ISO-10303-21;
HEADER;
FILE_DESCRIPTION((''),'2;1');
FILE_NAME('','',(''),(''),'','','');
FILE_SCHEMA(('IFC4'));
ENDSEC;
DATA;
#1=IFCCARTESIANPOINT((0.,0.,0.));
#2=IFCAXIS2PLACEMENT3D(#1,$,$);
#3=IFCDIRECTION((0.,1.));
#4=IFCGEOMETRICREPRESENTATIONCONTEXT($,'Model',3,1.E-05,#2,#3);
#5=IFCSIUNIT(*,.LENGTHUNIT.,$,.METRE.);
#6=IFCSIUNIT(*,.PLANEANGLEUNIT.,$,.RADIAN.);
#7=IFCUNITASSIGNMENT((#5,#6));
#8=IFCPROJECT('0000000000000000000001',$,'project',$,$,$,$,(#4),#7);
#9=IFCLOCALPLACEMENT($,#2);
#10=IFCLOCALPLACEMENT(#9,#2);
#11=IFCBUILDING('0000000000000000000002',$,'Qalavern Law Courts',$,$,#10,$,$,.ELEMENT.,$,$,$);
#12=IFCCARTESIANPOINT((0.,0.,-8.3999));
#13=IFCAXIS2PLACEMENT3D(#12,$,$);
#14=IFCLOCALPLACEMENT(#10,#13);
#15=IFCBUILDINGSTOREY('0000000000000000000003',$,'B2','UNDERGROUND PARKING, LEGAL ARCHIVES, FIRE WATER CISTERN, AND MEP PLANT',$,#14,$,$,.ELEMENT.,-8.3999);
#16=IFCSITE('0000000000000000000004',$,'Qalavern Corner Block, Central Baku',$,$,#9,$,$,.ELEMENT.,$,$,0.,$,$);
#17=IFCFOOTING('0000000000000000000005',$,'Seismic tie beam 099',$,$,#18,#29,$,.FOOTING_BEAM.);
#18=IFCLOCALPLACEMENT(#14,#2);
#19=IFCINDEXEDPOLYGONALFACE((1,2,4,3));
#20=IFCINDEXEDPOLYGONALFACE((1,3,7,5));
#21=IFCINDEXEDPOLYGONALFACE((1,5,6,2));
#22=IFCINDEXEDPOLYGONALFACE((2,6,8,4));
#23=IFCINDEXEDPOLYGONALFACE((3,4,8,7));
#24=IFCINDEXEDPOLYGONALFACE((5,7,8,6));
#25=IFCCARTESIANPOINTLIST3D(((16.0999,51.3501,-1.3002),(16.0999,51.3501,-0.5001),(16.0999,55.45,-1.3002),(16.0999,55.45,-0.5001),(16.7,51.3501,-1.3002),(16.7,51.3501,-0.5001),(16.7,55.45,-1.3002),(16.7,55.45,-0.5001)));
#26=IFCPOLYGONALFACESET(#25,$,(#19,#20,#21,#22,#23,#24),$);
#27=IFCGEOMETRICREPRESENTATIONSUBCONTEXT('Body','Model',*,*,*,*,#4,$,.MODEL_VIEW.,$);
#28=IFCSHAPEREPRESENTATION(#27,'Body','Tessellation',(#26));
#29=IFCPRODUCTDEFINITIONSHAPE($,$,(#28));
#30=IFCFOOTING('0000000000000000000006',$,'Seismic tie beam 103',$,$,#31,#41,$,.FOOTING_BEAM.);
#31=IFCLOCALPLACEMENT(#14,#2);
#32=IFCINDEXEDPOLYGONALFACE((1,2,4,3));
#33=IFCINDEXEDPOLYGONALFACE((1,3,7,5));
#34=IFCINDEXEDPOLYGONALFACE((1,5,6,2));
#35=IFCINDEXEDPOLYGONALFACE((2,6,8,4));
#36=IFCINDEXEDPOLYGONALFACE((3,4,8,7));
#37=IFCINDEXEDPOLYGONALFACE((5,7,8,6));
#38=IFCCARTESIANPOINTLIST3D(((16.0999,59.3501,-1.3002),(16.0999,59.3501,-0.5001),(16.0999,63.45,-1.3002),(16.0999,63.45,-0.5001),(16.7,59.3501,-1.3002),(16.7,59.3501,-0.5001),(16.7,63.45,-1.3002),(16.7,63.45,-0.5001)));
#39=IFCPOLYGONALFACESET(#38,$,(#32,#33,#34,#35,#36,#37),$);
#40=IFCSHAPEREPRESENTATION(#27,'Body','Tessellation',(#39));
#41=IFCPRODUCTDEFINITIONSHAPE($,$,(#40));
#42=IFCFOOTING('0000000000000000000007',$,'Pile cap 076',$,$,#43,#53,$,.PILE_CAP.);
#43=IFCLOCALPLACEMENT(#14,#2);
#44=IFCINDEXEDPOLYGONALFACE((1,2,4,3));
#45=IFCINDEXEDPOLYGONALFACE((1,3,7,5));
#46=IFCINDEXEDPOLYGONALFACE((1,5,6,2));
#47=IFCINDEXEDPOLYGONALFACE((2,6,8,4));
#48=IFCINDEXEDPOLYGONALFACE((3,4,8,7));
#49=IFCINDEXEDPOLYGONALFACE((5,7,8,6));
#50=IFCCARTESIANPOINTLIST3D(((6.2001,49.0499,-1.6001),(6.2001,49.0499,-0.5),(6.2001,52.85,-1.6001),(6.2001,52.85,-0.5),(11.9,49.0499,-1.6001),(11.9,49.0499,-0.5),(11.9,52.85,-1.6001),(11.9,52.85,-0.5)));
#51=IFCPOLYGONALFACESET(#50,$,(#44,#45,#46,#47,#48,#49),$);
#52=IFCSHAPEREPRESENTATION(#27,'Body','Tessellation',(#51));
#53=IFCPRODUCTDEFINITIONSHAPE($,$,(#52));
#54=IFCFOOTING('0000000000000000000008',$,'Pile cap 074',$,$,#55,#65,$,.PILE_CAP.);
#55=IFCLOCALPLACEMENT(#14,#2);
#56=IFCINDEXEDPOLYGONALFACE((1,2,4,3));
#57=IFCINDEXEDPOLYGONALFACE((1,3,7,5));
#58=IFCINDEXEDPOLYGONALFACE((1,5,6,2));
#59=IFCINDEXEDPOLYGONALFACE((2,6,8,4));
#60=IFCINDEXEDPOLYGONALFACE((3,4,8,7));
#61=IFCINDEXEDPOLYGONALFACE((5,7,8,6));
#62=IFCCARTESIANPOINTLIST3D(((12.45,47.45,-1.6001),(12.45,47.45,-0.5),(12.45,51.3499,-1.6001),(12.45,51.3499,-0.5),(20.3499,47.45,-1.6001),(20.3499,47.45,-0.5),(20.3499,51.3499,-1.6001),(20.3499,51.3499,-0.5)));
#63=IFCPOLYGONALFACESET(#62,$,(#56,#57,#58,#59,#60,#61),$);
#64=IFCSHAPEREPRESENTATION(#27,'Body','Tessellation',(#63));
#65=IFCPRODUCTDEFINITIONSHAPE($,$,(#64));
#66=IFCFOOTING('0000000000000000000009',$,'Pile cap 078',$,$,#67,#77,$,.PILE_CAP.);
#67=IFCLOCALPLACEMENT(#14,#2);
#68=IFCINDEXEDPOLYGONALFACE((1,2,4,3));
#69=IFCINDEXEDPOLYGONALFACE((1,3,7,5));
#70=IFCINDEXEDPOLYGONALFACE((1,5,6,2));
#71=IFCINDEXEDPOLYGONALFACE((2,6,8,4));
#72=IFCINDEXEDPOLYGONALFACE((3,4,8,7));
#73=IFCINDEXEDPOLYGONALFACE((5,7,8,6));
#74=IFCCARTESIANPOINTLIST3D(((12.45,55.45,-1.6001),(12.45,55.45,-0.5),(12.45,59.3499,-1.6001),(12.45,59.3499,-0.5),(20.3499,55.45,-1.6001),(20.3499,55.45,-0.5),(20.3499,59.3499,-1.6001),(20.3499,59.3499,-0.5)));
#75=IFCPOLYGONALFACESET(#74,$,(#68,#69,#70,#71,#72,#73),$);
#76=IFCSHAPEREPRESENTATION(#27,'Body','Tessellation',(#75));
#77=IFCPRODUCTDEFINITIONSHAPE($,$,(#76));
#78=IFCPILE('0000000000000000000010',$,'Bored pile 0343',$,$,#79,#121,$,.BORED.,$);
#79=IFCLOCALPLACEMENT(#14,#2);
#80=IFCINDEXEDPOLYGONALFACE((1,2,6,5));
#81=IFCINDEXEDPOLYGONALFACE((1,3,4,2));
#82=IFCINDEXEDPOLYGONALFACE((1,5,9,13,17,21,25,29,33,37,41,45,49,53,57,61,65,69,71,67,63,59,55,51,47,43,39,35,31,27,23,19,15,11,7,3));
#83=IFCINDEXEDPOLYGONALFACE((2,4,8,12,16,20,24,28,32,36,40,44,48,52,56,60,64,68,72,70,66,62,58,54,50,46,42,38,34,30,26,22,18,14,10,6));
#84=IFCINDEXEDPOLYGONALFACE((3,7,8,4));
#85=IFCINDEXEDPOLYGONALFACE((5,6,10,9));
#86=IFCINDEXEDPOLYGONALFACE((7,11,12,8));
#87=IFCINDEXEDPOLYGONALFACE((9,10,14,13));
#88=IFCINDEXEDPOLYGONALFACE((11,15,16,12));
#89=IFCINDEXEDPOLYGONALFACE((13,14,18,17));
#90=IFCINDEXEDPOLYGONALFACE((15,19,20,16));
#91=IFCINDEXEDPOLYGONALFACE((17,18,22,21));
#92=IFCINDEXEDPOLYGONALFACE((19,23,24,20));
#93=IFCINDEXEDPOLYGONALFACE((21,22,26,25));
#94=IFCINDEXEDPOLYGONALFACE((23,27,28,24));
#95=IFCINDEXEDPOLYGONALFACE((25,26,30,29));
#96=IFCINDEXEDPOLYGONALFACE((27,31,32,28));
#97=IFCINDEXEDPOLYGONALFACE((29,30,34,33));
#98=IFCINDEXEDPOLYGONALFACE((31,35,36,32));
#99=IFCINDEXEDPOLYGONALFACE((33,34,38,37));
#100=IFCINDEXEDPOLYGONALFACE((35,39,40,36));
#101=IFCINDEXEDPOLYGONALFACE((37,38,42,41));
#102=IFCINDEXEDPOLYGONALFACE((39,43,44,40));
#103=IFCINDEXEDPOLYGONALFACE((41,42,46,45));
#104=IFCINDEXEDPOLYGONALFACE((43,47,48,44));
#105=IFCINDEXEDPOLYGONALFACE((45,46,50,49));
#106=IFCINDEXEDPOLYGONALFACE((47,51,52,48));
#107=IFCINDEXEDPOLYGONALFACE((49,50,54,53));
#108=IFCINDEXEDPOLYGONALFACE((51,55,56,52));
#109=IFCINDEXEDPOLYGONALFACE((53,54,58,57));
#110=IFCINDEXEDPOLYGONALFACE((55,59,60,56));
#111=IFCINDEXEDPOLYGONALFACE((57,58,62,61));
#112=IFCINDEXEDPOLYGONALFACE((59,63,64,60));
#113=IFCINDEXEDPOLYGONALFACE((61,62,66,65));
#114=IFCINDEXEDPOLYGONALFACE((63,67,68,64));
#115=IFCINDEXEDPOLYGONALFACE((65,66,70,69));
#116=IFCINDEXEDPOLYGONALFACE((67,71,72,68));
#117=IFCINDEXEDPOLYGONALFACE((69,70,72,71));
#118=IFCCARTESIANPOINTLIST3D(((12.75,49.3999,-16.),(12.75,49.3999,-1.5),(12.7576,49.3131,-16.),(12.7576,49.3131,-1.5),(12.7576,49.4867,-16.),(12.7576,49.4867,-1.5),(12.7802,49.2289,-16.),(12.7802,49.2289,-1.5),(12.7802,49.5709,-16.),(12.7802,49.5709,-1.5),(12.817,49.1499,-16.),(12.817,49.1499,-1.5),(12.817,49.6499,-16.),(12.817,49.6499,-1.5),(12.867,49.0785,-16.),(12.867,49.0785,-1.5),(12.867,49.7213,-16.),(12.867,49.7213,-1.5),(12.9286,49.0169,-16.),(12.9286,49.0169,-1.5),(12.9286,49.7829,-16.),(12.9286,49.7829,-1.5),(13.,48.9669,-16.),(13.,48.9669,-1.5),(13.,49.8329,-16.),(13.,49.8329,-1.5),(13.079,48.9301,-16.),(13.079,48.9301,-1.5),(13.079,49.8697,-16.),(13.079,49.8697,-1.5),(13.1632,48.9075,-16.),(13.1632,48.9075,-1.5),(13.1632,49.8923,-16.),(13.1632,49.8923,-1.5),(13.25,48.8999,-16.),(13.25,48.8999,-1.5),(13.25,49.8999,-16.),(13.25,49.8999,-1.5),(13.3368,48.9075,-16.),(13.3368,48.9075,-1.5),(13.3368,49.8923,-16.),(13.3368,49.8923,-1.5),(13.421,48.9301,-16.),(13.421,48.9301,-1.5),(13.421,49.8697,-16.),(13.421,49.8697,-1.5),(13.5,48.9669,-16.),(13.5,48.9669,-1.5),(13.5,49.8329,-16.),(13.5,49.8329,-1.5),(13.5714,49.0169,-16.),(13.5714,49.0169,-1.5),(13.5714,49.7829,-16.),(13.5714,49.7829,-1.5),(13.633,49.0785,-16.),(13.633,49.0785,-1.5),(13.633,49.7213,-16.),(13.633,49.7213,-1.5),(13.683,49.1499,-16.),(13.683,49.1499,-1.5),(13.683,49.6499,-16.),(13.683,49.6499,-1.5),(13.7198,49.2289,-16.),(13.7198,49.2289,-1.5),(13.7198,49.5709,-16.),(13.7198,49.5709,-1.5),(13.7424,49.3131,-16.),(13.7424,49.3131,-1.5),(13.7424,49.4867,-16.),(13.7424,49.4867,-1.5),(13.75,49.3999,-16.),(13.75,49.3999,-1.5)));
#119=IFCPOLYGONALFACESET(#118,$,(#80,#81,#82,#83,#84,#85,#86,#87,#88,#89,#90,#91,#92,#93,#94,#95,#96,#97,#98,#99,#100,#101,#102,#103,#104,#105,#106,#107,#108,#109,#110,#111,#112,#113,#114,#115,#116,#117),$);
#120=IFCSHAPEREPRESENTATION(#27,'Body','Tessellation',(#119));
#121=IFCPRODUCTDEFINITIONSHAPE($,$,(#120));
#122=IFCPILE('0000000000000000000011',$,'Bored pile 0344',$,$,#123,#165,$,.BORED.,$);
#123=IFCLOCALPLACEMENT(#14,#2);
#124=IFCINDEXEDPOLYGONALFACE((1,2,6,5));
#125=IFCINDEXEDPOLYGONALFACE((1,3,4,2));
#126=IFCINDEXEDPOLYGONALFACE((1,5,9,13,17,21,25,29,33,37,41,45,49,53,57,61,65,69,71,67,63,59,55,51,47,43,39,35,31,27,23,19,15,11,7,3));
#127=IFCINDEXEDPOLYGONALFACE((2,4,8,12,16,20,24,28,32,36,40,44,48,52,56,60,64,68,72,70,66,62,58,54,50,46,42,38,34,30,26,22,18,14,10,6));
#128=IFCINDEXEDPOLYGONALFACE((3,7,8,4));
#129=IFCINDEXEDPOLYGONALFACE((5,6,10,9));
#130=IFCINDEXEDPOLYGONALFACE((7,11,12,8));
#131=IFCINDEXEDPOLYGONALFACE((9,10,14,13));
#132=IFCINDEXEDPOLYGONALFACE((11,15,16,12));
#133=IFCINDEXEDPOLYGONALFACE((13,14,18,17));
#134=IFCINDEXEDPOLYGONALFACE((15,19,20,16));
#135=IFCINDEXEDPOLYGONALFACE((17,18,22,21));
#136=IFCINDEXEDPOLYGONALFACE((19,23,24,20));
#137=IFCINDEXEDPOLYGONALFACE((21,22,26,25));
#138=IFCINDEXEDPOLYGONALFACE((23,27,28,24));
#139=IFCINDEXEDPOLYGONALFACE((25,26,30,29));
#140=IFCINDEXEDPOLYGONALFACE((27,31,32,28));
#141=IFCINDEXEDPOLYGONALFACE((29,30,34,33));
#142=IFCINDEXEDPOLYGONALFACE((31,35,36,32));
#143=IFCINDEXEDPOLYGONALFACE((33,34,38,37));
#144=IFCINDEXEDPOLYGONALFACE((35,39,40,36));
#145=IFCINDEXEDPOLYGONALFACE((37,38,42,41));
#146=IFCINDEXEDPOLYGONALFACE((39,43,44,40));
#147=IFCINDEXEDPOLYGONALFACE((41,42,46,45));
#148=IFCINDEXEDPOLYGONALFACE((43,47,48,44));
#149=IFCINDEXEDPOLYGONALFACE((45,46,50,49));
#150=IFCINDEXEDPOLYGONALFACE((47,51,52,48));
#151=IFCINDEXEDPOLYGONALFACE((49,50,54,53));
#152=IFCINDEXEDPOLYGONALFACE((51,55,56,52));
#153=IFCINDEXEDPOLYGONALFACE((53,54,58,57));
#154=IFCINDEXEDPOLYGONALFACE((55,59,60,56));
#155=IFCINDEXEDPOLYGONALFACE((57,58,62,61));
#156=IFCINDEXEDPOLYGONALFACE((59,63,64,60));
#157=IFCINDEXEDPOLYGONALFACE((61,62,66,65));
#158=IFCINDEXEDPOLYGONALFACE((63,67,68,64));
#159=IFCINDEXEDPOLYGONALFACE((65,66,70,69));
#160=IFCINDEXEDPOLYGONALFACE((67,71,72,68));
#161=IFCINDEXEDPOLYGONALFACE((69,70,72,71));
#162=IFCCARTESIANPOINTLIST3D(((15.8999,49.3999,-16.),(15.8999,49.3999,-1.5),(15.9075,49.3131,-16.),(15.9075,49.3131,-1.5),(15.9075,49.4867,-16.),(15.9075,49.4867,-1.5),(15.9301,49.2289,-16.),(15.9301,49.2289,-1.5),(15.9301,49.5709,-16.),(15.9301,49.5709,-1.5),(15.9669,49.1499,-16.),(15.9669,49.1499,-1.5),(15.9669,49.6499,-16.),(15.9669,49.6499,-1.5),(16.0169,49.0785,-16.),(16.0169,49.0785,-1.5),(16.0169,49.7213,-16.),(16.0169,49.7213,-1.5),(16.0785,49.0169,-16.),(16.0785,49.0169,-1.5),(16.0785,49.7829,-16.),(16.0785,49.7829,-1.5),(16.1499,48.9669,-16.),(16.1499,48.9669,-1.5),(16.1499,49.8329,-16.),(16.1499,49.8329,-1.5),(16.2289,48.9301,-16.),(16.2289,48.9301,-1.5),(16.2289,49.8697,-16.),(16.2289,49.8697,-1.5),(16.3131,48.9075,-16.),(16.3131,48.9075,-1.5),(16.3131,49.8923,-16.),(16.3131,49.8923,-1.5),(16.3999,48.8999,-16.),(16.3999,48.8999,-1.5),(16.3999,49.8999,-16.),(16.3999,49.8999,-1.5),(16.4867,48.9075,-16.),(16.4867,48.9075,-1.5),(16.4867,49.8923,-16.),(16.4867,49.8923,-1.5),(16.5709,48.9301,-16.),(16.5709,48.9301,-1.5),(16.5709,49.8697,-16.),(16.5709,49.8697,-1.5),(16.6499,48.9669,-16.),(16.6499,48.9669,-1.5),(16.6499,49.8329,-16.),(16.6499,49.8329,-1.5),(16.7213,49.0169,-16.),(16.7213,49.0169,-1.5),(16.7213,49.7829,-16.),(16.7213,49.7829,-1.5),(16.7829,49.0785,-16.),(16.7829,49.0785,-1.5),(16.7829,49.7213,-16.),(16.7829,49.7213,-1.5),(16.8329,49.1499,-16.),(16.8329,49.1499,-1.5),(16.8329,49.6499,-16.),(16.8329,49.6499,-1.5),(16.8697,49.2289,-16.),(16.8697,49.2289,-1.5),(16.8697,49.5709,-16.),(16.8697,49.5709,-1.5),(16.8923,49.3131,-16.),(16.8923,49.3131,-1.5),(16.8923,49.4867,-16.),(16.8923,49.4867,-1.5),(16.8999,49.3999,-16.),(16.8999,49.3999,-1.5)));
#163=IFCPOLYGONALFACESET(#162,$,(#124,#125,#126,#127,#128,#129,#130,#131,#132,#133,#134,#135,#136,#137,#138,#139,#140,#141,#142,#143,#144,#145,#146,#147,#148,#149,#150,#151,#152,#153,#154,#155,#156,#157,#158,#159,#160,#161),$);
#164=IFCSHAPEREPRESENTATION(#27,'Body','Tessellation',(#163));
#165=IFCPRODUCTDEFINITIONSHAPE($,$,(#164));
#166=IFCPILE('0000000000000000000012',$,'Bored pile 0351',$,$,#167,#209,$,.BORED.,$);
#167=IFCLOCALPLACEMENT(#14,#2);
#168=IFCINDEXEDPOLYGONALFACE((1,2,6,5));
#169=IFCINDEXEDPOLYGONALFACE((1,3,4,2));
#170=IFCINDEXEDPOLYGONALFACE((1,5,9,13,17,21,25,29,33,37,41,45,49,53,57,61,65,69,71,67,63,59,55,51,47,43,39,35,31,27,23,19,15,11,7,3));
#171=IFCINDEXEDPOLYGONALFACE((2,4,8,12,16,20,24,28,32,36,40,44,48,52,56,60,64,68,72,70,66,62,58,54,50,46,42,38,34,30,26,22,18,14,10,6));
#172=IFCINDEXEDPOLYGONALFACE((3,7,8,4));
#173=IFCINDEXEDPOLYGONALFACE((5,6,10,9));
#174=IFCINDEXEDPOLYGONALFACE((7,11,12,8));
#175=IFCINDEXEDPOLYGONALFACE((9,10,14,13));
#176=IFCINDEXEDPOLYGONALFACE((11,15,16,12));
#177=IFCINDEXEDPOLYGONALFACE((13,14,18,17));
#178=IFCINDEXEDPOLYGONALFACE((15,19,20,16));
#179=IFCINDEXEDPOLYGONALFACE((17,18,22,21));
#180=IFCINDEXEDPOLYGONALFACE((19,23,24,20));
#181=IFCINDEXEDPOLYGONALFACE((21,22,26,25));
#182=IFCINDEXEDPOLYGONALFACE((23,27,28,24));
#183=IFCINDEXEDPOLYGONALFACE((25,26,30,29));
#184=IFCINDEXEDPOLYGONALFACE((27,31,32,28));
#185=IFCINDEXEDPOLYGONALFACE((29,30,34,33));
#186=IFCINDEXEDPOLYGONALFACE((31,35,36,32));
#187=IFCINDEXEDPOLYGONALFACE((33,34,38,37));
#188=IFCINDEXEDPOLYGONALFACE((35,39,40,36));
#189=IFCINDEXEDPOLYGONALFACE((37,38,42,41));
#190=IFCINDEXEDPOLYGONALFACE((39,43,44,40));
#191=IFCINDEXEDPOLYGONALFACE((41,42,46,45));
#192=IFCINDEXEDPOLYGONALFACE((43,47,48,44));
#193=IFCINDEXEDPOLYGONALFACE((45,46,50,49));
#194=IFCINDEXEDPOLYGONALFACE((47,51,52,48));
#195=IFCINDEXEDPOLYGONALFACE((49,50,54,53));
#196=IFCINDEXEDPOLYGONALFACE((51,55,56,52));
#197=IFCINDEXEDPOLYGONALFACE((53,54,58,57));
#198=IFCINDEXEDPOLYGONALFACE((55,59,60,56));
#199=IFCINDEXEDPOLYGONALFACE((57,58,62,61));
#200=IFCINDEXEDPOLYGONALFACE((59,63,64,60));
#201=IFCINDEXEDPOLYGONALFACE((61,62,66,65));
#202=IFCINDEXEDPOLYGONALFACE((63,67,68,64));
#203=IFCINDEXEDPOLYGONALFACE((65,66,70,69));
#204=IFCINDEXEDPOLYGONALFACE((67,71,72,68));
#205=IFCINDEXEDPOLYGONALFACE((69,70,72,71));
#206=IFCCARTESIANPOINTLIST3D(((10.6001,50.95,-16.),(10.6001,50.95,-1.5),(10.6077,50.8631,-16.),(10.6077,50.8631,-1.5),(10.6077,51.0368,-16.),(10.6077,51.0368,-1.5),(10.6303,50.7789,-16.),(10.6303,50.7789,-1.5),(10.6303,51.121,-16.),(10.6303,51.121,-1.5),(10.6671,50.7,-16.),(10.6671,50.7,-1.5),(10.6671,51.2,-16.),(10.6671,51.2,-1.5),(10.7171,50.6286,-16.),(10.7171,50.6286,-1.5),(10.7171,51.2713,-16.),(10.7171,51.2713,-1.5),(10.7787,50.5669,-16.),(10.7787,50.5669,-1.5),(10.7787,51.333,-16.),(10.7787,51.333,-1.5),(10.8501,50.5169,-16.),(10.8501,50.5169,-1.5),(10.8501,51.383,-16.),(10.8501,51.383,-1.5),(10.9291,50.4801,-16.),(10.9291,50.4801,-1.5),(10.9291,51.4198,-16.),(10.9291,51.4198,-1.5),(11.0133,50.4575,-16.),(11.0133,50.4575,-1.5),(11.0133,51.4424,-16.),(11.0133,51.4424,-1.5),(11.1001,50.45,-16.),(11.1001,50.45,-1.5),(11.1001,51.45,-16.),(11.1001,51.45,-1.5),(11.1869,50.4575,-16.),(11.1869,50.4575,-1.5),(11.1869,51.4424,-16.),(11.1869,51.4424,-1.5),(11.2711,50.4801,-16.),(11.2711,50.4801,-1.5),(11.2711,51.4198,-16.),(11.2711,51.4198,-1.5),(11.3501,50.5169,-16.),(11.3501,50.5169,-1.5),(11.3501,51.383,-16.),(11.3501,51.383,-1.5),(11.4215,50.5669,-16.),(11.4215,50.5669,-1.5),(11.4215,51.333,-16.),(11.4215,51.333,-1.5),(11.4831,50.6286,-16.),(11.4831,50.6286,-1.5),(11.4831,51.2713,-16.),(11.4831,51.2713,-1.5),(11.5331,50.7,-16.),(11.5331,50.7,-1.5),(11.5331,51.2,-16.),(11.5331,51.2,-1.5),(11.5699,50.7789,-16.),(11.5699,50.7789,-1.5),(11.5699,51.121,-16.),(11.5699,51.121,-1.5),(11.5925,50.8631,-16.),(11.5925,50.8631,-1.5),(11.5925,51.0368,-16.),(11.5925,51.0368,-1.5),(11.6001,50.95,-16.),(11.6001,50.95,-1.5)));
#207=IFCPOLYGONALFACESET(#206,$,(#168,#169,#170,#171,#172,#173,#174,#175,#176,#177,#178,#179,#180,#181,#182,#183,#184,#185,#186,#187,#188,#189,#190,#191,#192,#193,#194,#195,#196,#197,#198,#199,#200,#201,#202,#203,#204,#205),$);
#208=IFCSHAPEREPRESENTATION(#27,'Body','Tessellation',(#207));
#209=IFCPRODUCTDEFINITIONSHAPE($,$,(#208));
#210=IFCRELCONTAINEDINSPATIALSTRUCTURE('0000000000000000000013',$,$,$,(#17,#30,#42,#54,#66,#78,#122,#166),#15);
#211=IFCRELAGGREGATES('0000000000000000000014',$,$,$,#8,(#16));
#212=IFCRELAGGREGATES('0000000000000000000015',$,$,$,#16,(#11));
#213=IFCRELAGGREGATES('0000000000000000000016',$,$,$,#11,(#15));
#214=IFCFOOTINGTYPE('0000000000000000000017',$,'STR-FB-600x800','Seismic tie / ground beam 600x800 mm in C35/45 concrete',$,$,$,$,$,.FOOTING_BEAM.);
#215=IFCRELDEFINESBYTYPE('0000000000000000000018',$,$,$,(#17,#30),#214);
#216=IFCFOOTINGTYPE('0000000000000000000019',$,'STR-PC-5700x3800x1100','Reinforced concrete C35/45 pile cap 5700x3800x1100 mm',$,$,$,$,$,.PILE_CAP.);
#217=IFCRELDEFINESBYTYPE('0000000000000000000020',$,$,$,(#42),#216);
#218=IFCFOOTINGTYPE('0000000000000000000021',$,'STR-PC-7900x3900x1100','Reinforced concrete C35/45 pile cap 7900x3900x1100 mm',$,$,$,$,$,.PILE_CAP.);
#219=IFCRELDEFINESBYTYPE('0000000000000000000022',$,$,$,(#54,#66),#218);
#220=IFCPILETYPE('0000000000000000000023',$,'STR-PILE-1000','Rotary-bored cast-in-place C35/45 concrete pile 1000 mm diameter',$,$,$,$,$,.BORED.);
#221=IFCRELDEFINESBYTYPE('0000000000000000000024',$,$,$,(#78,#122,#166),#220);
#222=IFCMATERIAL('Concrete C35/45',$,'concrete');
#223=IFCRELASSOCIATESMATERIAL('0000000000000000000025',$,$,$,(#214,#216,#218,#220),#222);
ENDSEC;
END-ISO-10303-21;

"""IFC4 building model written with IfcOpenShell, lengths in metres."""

from ifc_helpers import new_model, si_unit, direction, frame, origin, origin_2d, place, context, subcontext, project, spatial, rectangle, circle, extrude, material, material_profile, profile_set, type_object, element, save


model = new_model("IFC4")

# Units and contexts
model_context = context("Model", 3, precision=1e-05, world=origin(), true_north=direction((0.0, 1.0)))
body_context = subcontext(model_context, "Body", "Model", "MODEL_VIEW")
ifc_project = project(units=[si_unit("LENGTHUNIT", "METRE"), si_unit("PLANEANGLEUNIT", "RADIAN")], contexts=[model_context])

# Site, building, storey
site_placement = place(None, origin())
site = spatial("IfcSite", under=ifc_project, at=site_placement, Name="Qalavern Corner Block, Central Baku", CompositionType="ELEMENT", RefElevation=0.0)
building_placement = place(site_placement, origin())
building = spatial("IfcBuilding", under=site, at=building_placement, Name="Qalavern Law Courts", CompositionType="ELEMENT")
storey_placement = place(building_placement, frame((0.0, 0.0, -8.3999)))
storey = spatial("IfcBuildingStorey", under=building, at=storey_placement, Name="B2", Description="UNDERGROUND PARKING, LEGAL ARCHIVES, FIRE WATER CISTERN, AND MEP PLANT", CompositionType="ELEMENT", Elevation=-8.3999)

# Footings
ifc_material_1 = material(Name="Concrete C35/45", Category="concrete")
ifc_material_profile_1 = material_profile(ifc_material_1, rectangle(XDim=0.6001, YDim=0.8, at=origin_2d()), Name="RC 600x800")
ifc_profile_set_1 = profile_set([ifc_material_profile_1], Name="Concrete C35/45")
footing_type_1 = type_object("IfcFootingType", Name="STR-FB-600x800", Description="Seismic tie / ground beam 600x800 mm in C35/45 concrete", PredefinedType="FOOTING_BEAM", material=ifc_profile_set_1)
for number, where, z_axis, x_axis, name in (
    (1, (16.3999, 51.3501, -0.9001), (0.0, 1.0, 0.0), (-1.0, 0.0, 0.0), "Seismic tie beam 099"),
    (2, (16.3999, 59.3501, -0.9001), (0.0, 1.0, 0.0), (-1.0, 0.0, 0.0), "Seismic tie beam 103"),
):
    element("IfcFooting", number, at=place(storey_placement, frame(where, z_axis=z_axis, x_axis=x_axis)), inside=storey, type_object=footing_type_1, Name=name, PredefinedType="FOOTING_BEAM", context=body_context, shape_type="SweptSolid", body=[
        extrude(rectangle(XDim=0.6001, YDim=0.8, at=origin_2d()), origin(), (0.0, 0.0, 1.0), 4.0999),
    ])
footing_type_2 = type_object("IfcFootingType", Name="STR-PC-5700x3800x1100", Description="Reinforced concrete C35/45 pile cap 5700x3800x1100 mm", PredefinedType="PILE_CAP", material=ifc_material_1)
footing_placement = place(storey_placement, frame((9.05, 50.95, -1.6001), z_axis=(0.0, 0.0, 1.0), x_axis=(1.0, 0.0, 0.0)))
element("IfcFooting", 3, at=footing_placement, inside=storey, type_object=footing_type_2, Name="Pile cap 076", PredefinedType="PILE_CAP", context=body_context, shape_type="SweptSolid", body=[
    extrude(rectangle(XDim=5.7, YDim=3.8, at=origin_2d()), origin(), (0.0, 0.0, 1.0), 1.1001),
])
footing_type_3 = type_object("IfcFootingType", Name="STR-PC-7900x3900x1100", Description="Reinforced concrete C35/45 pile cap 7900x3900x1100 mm", PredefinedType="PILE_CAP", material=ifc_material_1)
for number, where, z_axis, x_axis, name in (
    (4, (16.3999, 49.3999, -1.6001), (0.0, 0.0, 1.0), (1.0, 0.0, 0.0), "Pile cap 074"),
    (5, (16.3999, 57.3999, -1.6001), (0.0, 0.0, 1.0), (1.0, 0.0, 0.0), "Pile cap 078"),
):
    element("IfcFooting", number, at=place(storey_placement, frame(where, z_axis=z_axis, x_axis=x_axis)), inside=storey, type_object=footing_type_3, Name=name, PredefinedType="PILE_CAP", context=body_context, shape_type="SweptSolid", body=[
        extrude(rectangle(XDim=7.8999, YDim=3.8999, at=origin_2d()), origin(), (0.0, 0.0, 1.0), 1.1001),
    ])

# Piles
ifc_material_profile_2 = material_profile(ifc_material_1, circle(Radius=0.5, at=origin_2d()), Name="BORED PILE 1000")
ifc_profile_set_2 = profile_set([ifc_material_profile_2], Name="Concrete C35/45")
pile_type = type_object("IfcPileType", Name="STR-PILE-1000", Description="Rotary-bored cast-in-place C35/45 concrete pile 1000 mm diameter", PredefinedType="BORED", material=ifc_profile_set_2)
for number, where, z_axis, x_axis, name in (
    (6, (13.25, 49.3999, -1.5), (0.0, 0.0, -1.0), (1.0, 0.0, 0.0), "Bored pile 0343"),
    (7, (16.3999, 49.3999, -1.5), (0.0, 0.0, -1.0), (1.0, 0.0, 0.0), "Bored pile 0344"),
    (8, (11.1001, 50.95, -1.5), (0.0, 0.0, -1.0), (1.0, 0.0, 0.0), "Bored pile 0351"),
):
    element("IfcPile", number, at=place(storey_placement, frame(where, z_axis=z_axis, x_axis=x_axis)), inside=storey, type_object=pile_type, Name=name, PredefinedType="BORED", context=body_context, shape_type="SweptSolid", body=[
        extrude(circle(Radius=0.5, at=origin_2d()), origin(), (0.0, 0.0, 1.0), 14.5),
    ])

save(model, "model.ifc")
